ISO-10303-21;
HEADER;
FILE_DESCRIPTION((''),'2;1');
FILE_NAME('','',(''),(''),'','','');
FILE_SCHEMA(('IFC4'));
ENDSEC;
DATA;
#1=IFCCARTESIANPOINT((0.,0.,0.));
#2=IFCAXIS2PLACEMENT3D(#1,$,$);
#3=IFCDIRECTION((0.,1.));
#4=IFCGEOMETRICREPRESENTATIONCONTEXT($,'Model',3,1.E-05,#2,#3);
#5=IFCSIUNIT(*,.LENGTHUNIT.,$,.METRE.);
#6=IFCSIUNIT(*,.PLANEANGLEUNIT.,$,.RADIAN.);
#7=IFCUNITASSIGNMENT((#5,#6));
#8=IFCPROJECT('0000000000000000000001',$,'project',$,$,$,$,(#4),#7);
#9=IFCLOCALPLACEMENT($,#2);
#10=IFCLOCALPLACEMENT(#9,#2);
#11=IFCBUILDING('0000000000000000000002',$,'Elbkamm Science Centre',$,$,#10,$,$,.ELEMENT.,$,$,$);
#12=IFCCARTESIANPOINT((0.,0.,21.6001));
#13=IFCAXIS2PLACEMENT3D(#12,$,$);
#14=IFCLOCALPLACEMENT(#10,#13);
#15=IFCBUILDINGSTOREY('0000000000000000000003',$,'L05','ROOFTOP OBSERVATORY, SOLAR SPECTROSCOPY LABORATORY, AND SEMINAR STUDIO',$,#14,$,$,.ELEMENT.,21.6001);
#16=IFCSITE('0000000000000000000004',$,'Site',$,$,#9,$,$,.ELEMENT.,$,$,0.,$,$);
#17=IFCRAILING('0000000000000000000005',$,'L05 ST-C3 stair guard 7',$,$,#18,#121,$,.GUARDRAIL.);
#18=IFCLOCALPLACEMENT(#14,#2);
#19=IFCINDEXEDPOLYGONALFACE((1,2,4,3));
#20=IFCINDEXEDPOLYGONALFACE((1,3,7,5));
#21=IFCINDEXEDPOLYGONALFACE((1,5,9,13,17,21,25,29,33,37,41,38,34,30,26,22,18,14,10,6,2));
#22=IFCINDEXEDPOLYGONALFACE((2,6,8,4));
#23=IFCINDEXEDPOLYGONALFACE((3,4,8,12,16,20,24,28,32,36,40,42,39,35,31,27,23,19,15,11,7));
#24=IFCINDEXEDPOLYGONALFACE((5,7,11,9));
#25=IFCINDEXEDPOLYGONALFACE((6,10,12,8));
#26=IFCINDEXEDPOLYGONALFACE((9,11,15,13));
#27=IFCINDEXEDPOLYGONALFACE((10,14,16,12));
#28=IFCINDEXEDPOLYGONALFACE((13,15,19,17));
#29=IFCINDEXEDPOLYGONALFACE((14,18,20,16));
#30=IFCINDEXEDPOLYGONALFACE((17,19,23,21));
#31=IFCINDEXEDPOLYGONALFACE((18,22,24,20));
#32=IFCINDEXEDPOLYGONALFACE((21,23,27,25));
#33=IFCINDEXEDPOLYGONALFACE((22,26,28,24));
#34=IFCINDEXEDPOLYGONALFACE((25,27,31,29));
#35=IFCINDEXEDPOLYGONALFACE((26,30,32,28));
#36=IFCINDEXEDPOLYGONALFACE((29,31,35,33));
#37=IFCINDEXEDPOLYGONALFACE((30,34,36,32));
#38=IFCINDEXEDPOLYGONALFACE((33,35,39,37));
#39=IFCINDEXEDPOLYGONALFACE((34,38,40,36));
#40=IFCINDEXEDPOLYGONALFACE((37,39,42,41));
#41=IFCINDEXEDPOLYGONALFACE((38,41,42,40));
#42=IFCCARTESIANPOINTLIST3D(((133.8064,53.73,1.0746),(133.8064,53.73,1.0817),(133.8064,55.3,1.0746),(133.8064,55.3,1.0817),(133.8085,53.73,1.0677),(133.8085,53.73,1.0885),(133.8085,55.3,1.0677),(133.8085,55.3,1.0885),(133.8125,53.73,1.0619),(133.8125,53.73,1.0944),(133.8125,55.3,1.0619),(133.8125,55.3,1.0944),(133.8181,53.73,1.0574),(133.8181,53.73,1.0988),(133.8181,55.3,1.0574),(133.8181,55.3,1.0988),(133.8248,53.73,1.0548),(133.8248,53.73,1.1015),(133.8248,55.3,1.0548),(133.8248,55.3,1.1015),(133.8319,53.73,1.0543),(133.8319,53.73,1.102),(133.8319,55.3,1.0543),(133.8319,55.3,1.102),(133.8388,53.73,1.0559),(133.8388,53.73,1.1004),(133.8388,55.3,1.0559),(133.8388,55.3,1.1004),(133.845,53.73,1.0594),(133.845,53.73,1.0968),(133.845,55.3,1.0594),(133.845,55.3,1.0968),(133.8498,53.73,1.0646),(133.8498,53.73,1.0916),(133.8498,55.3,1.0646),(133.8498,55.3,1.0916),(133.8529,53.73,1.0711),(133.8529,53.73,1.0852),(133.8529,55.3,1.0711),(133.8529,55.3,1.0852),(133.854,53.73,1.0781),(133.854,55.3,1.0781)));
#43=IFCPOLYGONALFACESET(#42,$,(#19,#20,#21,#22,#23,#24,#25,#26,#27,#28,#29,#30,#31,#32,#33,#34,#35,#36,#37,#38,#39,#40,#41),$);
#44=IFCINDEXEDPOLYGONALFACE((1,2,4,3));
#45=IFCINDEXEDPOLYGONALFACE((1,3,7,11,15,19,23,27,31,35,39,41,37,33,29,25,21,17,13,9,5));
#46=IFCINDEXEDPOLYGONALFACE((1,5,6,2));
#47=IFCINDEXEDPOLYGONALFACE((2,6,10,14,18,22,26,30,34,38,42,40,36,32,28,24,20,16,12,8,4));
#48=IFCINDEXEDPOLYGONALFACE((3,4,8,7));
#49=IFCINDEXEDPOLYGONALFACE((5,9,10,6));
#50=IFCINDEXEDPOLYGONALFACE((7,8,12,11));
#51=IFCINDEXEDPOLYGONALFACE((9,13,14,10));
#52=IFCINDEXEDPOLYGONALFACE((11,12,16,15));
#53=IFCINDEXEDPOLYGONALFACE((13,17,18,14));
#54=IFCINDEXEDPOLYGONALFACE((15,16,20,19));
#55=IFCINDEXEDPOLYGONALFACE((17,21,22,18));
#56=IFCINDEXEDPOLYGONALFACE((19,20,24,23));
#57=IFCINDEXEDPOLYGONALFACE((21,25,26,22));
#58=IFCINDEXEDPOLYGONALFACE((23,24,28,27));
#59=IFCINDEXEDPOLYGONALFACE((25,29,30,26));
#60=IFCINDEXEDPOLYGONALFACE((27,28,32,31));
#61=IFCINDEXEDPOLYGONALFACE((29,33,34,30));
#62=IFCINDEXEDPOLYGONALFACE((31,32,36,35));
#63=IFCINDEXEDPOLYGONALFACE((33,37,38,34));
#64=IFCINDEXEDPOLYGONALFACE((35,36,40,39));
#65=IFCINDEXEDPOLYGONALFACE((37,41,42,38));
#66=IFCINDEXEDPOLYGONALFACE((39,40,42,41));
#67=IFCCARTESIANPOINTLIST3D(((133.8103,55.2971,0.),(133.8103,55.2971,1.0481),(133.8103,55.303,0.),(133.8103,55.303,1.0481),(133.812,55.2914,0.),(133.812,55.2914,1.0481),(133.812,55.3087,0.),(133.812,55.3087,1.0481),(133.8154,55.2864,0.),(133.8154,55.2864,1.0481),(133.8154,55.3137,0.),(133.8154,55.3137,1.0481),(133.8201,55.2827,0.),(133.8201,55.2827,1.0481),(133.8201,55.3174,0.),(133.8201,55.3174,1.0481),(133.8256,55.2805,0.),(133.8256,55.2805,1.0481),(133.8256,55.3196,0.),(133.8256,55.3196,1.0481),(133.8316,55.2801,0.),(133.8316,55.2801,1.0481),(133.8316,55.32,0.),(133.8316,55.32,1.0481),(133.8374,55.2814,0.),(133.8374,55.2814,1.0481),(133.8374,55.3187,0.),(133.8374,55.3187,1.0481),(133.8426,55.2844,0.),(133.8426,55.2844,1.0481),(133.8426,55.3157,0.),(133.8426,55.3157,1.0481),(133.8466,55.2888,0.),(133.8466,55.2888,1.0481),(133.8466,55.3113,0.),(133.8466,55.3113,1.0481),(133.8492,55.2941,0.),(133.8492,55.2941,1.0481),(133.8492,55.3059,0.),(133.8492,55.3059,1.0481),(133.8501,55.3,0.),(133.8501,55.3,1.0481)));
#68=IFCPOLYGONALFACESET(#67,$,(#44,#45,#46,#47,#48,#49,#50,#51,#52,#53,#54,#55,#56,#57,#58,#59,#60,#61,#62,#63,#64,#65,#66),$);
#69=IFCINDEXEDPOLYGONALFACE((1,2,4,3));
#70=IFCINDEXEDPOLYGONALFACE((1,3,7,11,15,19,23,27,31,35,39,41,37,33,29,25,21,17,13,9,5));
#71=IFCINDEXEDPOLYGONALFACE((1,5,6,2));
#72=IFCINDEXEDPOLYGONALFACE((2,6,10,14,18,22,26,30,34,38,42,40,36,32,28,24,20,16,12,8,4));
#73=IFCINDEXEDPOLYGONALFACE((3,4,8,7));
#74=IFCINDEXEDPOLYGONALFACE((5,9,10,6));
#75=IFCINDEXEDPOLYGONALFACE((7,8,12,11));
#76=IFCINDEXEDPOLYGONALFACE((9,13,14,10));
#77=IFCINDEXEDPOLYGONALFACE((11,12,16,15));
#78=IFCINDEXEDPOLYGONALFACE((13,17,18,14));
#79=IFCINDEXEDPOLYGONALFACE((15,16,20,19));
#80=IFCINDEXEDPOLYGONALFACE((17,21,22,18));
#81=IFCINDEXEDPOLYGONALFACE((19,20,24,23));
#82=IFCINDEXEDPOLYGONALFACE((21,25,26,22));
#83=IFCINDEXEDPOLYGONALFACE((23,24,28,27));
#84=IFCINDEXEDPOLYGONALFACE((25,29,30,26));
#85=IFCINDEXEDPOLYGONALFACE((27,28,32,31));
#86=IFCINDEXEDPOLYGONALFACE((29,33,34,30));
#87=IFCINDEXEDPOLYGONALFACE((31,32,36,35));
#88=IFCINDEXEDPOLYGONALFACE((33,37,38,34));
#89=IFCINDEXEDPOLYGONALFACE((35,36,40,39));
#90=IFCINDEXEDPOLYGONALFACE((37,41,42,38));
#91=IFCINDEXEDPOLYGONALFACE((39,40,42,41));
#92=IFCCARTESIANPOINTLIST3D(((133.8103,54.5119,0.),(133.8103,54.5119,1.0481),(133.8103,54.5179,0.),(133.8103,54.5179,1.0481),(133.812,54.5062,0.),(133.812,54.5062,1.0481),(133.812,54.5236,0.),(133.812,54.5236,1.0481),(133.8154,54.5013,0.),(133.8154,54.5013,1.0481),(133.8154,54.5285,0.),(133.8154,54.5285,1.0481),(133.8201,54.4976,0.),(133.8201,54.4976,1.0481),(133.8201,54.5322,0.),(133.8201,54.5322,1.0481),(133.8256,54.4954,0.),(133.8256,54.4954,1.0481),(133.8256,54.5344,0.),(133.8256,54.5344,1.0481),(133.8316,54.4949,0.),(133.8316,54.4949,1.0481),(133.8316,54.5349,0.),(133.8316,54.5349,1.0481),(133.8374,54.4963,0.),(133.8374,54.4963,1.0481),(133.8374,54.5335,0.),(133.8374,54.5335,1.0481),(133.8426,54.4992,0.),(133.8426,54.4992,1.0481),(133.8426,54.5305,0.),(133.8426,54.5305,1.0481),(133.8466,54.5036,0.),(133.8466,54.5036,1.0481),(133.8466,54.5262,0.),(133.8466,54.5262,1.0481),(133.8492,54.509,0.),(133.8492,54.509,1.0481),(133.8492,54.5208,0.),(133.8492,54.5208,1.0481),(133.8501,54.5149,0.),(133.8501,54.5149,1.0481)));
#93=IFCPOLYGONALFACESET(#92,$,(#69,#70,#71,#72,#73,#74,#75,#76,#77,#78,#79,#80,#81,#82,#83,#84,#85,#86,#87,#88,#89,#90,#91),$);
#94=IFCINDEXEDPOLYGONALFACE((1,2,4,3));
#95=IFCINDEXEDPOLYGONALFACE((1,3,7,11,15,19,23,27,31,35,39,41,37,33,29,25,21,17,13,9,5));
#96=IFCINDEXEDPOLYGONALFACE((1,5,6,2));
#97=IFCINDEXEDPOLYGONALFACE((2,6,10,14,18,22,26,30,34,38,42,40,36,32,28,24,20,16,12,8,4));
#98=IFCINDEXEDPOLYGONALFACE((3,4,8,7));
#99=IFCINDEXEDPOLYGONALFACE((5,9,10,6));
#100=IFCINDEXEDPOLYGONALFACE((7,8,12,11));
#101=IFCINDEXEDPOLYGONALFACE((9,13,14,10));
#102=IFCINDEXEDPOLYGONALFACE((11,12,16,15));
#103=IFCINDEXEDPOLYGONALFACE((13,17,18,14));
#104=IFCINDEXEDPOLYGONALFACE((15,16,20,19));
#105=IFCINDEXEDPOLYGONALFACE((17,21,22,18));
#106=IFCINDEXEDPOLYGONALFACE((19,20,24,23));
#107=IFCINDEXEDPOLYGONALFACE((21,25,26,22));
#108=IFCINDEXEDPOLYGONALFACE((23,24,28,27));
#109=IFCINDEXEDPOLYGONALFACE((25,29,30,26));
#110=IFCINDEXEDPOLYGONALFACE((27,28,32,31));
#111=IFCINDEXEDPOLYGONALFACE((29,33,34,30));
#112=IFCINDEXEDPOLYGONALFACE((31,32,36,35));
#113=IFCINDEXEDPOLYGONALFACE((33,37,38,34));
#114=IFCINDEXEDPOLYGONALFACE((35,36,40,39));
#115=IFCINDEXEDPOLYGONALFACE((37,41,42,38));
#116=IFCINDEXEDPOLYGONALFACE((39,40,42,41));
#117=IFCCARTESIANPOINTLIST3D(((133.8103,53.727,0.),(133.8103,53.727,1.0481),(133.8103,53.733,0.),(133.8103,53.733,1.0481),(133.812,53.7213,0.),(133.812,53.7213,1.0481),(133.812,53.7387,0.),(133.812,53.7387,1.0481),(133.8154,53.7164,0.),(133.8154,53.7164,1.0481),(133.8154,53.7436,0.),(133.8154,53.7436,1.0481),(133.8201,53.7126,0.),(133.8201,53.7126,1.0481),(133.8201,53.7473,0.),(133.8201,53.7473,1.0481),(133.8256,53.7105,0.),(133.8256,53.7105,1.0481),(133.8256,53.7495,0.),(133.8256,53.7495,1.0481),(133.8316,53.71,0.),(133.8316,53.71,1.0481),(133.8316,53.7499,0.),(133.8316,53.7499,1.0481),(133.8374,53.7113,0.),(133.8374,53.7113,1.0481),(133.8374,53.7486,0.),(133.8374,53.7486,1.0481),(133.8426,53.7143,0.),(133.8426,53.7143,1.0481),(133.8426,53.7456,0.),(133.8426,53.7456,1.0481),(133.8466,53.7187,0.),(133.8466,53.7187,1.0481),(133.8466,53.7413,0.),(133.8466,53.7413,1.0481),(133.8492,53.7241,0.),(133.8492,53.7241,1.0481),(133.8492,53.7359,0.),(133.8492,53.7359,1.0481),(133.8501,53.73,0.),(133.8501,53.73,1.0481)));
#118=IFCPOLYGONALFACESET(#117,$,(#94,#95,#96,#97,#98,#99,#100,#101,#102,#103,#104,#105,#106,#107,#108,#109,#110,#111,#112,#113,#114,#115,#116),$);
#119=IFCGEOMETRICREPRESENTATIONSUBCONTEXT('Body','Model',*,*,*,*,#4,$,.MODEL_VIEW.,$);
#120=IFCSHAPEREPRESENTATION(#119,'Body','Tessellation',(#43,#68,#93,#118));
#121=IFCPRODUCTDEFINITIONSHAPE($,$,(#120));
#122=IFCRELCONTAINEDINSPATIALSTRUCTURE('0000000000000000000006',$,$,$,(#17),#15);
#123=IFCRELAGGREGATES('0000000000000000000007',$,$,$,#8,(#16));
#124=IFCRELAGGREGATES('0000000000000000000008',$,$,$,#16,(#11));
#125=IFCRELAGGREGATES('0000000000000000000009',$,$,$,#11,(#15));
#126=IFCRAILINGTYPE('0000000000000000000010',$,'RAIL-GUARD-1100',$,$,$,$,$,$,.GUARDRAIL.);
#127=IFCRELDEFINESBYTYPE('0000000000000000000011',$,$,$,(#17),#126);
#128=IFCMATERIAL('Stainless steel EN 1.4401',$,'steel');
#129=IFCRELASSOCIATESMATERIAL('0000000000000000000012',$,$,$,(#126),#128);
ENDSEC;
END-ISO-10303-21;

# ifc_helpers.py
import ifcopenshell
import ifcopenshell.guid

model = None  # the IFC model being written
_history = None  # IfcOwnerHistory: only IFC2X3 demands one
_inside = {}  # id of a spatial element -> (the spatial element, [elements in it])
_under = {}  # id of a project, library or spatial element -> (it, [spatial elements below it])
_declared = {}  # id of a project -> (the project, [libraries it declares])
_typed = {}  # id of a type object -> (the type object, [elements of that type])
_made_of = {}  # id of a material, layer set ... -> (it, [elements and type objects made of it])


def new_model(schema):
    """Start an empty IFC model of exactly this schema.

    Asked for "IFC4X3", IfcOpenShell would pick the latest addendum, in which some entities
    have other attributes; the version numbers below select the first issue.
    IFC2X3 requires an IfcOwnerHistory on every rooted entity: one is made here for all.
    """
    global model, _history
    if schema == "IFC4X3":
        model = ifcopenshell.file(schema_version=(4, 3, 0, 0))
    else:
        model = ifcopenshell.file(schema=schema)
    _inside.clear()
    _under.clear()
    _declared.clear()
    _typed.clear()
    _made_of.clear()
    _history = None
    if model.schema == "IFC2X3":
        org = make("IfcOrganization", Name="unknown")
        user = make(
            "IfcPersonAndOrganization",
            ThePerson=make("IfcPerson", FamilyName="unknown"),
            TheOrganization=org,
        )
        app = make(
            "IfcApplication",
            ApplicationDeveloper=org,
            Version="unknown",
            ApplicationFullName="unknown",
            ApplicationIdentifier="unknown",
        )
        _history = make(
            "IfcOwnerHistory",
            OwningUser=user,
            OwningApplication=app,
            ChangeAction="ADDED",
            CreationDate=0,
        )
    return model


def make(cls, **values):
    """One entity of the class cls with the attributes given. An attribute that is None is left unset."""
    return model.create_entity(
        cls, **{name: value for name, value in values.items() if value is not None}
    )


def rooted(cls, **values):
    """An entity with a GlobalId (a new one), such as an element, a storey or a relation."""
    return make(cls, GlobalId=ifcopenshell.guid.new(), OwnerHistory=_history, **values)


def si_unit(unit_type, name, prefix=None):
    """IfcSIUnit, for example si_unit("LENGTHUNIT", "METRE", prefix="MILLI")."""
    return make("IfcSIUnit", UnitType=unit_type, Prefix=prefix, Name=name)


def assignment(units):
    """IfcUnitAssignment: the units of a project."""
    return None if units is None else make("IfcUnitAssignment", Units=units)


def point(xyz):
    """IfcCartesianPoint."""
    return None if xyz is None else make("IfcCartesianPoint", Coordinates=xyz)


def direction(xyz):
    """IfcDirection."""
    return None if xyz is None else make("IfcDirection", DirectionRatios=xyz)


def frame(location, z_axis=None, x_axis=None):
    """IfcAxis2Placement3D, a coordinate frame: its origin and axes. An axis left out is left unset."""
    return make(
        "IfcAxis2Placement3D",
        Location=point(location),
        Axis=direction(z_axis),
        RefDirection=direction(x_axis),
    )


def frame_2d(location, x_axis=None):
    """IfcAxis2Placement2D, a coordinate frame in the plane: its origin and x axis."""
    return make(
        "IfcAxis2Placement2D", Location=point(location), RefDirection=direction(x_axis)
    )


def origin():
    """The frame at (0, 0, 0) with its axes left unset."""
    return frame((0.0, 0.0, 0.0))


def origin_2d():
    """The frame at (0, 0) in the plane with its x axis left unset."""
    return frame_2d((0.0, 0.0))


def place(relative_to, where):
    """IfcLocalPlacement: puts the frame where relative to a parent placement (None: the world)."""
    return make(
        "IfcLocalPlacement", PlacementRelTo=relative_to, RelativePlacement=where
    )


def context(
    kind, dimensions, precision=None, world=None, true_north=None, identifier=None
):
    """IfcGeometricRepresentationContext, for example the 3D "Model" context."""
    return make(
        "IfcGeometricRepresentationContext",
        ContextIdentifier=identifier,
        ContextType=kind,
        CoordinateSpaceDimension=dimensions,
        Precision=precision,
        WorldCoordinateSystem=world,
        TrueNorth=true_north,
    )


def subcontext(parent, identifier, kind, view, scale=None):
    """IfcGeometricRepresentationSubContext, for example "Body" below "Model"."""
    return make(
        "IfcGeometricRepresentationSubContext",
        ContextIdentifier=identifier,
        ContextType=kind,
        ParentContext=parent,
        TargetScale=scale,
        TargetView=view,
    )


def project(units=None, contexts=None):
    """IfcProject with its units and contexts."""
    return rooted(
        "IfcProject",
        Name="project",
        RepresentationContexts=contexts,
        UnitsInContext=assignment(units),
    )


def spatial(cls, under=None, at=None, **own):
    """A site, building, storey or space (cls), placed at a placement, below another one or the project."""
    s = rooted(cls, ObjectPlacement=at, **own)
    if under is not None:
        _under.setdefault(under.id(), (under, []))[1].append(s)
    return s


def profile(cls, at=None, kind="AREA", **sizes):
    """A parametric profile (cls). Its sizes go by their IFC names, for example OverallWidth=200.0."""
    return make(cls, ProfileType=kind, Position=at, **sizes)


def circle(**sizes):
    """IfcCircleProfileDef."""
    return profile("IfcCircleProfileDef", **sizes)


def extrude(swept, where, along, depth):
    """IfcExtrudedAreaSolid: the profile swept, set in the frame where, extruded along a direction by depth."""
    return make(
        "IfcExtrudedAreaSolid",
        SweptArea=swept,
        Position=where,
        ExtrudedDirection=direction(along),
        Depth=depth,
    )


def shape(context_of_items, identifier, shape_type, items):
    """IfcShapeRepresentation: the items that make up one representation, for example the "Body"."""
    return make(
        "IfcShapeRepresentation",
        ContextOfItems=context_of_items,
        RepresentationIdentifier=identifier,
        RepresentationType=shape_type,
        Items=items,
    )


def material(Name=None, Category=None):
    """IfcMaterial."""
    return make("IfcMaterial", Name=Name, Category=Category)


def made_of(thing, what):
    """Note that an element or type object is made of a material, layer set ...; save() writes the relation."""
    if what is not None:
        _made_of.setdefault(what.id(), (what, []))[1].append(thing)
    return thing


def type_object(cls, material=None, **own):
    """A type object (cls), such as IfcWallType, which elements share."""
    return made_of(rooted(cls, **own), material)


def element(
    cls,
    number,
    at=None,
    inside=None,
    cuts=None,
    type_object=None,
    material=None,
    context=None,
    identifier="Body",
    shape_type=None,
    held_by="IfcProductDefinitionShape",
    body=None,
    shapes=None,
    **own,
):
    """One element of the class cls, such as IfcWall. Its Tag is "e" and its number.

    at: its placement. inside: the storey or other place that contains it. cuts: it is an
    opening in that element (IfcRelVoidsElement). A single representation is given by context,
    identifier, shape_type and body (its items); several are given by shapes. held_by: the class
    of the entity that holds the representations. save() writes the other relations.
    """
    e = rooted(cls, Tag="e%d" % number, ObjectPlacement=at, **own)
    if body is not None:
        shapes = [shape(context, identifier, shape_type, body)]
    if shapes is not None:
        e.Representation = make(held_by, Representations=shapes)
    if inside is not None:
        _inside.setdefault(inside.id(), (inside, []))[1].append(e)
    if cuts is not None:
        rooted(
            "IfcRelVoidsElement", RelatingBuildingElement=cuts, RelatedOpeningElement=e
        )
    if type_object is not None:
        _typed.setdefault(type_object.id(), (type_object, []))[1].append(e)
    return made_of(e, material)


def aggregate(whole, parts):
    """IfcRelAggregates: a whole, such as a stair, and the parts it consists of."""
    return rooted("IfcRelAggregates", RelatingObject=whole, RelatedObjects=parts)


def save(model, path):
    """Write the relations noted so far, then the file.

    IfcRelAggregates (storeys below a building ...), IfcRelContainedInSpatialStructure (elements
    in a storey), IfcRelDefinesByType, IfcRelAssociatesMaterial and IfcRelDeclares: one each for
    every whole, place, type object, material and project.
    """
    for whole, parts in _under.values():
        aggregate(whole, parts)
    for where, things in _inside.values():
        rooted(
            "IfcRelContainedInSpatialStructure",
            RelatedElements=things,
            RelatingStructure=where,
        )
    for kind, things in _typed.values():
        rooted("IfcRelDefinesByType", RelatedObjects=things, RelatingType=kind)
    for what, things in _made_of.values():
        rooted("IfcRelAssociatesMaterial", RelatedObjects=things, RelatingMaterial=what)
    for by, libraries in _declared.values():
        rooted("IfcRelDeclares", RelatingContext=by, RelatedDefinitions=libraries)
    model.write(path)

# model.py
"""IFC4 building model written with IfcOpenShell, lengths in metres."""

from ifc_helpers import new_model, si_unit, direction, frame, origin, origin_2d, place, context, subcontext, project, spatial, circle, extrude, material, type_object, element, save


model = new_model("IFC4")

# Units and contexts
model_context = context("Model", 3, precision=1e-05, world=origin(), true_north=direction((0.0, 1.0)))
body_context = subcontext(model_context, "Body", "Model", "MODEL_VIEW")
ifc_project = project(units=[si_unit("LENGTHUNIT", "METRE"), si_unit("PLANEANGLEUNIT", "RADIAN")], contexts=[model_context])

# Site, building, storey
site_placement = place(None, origin())
site = spatial("IfcSite", under=ifc_project, at=site_placement, Name="Site", CompositionType="ELEMENT", RefElevation=0.0)
building_placement = place(site_placement, origin())
building = spatial("IfcBuilding", under=site, at=building_placement, Name="Elbkamm Science Centre", CompositionType="ELEMENT")
storey_placement = place(building_placement, frame((0.0, 0.0, 21.6001)))
storey = spatial("IfcBuildingStorey", under=building, at=storey_placement, Name="L05", Description="ROOFTOP OBSERVATORY, SOLAR SPECTROSCOPY LABORATORY, AND SEMINAR STUDIO", CompositionType="ELEMENT", Elevation=21.6001)

# Railing
ifc_material_1 = material(Name="Stainless steel EN 1.4401", Category="steel")
railing_type_1 = type_object("IfcRailingType", Name="RAIL-GUARD-1100", PredefinedType="GUARDRAIL", material=ifc_material_1)
railing_1_placement = place(storey_placement, frame((133.8301, 55.3, 0.0)))
element("IfcRailing", 1, at=railing_1_placement, inside=storey, type_object=railing_type_1, Name="L05 ST-C3 stair guard 7", PredefinedType="GUARDRAIL", context=body_context, shape_type="SweptSolid", body=[
    extrude(circle(Radius=0.0239, at=origin_2d()), frame((0.0, 0.0, 1.0781), z_axis=(0.0, -1.0, 0.0), x_axis=(1.0, 0.0, 0.0)), (0.0, 0.0, 1.0), 1.5701),
    extrude(circle(Radius=0.02, at=origin_2d()), origin(), (0.0, 0.0, 1.0), 1.0481),
    extrude(circle(Radius=0.02, at=origin_2d()), frame((0.0, -0.7852, 0.0)), (0.0, 0.0, 1.0), 1.0481),
    extrude(circle(Radius=0.02, at=origin_2d()), frame((0.0, -1.5701, 0.0)), (0.0, 0.0, 1.0), 1.0481),
])

save(model, "model.ifc")
